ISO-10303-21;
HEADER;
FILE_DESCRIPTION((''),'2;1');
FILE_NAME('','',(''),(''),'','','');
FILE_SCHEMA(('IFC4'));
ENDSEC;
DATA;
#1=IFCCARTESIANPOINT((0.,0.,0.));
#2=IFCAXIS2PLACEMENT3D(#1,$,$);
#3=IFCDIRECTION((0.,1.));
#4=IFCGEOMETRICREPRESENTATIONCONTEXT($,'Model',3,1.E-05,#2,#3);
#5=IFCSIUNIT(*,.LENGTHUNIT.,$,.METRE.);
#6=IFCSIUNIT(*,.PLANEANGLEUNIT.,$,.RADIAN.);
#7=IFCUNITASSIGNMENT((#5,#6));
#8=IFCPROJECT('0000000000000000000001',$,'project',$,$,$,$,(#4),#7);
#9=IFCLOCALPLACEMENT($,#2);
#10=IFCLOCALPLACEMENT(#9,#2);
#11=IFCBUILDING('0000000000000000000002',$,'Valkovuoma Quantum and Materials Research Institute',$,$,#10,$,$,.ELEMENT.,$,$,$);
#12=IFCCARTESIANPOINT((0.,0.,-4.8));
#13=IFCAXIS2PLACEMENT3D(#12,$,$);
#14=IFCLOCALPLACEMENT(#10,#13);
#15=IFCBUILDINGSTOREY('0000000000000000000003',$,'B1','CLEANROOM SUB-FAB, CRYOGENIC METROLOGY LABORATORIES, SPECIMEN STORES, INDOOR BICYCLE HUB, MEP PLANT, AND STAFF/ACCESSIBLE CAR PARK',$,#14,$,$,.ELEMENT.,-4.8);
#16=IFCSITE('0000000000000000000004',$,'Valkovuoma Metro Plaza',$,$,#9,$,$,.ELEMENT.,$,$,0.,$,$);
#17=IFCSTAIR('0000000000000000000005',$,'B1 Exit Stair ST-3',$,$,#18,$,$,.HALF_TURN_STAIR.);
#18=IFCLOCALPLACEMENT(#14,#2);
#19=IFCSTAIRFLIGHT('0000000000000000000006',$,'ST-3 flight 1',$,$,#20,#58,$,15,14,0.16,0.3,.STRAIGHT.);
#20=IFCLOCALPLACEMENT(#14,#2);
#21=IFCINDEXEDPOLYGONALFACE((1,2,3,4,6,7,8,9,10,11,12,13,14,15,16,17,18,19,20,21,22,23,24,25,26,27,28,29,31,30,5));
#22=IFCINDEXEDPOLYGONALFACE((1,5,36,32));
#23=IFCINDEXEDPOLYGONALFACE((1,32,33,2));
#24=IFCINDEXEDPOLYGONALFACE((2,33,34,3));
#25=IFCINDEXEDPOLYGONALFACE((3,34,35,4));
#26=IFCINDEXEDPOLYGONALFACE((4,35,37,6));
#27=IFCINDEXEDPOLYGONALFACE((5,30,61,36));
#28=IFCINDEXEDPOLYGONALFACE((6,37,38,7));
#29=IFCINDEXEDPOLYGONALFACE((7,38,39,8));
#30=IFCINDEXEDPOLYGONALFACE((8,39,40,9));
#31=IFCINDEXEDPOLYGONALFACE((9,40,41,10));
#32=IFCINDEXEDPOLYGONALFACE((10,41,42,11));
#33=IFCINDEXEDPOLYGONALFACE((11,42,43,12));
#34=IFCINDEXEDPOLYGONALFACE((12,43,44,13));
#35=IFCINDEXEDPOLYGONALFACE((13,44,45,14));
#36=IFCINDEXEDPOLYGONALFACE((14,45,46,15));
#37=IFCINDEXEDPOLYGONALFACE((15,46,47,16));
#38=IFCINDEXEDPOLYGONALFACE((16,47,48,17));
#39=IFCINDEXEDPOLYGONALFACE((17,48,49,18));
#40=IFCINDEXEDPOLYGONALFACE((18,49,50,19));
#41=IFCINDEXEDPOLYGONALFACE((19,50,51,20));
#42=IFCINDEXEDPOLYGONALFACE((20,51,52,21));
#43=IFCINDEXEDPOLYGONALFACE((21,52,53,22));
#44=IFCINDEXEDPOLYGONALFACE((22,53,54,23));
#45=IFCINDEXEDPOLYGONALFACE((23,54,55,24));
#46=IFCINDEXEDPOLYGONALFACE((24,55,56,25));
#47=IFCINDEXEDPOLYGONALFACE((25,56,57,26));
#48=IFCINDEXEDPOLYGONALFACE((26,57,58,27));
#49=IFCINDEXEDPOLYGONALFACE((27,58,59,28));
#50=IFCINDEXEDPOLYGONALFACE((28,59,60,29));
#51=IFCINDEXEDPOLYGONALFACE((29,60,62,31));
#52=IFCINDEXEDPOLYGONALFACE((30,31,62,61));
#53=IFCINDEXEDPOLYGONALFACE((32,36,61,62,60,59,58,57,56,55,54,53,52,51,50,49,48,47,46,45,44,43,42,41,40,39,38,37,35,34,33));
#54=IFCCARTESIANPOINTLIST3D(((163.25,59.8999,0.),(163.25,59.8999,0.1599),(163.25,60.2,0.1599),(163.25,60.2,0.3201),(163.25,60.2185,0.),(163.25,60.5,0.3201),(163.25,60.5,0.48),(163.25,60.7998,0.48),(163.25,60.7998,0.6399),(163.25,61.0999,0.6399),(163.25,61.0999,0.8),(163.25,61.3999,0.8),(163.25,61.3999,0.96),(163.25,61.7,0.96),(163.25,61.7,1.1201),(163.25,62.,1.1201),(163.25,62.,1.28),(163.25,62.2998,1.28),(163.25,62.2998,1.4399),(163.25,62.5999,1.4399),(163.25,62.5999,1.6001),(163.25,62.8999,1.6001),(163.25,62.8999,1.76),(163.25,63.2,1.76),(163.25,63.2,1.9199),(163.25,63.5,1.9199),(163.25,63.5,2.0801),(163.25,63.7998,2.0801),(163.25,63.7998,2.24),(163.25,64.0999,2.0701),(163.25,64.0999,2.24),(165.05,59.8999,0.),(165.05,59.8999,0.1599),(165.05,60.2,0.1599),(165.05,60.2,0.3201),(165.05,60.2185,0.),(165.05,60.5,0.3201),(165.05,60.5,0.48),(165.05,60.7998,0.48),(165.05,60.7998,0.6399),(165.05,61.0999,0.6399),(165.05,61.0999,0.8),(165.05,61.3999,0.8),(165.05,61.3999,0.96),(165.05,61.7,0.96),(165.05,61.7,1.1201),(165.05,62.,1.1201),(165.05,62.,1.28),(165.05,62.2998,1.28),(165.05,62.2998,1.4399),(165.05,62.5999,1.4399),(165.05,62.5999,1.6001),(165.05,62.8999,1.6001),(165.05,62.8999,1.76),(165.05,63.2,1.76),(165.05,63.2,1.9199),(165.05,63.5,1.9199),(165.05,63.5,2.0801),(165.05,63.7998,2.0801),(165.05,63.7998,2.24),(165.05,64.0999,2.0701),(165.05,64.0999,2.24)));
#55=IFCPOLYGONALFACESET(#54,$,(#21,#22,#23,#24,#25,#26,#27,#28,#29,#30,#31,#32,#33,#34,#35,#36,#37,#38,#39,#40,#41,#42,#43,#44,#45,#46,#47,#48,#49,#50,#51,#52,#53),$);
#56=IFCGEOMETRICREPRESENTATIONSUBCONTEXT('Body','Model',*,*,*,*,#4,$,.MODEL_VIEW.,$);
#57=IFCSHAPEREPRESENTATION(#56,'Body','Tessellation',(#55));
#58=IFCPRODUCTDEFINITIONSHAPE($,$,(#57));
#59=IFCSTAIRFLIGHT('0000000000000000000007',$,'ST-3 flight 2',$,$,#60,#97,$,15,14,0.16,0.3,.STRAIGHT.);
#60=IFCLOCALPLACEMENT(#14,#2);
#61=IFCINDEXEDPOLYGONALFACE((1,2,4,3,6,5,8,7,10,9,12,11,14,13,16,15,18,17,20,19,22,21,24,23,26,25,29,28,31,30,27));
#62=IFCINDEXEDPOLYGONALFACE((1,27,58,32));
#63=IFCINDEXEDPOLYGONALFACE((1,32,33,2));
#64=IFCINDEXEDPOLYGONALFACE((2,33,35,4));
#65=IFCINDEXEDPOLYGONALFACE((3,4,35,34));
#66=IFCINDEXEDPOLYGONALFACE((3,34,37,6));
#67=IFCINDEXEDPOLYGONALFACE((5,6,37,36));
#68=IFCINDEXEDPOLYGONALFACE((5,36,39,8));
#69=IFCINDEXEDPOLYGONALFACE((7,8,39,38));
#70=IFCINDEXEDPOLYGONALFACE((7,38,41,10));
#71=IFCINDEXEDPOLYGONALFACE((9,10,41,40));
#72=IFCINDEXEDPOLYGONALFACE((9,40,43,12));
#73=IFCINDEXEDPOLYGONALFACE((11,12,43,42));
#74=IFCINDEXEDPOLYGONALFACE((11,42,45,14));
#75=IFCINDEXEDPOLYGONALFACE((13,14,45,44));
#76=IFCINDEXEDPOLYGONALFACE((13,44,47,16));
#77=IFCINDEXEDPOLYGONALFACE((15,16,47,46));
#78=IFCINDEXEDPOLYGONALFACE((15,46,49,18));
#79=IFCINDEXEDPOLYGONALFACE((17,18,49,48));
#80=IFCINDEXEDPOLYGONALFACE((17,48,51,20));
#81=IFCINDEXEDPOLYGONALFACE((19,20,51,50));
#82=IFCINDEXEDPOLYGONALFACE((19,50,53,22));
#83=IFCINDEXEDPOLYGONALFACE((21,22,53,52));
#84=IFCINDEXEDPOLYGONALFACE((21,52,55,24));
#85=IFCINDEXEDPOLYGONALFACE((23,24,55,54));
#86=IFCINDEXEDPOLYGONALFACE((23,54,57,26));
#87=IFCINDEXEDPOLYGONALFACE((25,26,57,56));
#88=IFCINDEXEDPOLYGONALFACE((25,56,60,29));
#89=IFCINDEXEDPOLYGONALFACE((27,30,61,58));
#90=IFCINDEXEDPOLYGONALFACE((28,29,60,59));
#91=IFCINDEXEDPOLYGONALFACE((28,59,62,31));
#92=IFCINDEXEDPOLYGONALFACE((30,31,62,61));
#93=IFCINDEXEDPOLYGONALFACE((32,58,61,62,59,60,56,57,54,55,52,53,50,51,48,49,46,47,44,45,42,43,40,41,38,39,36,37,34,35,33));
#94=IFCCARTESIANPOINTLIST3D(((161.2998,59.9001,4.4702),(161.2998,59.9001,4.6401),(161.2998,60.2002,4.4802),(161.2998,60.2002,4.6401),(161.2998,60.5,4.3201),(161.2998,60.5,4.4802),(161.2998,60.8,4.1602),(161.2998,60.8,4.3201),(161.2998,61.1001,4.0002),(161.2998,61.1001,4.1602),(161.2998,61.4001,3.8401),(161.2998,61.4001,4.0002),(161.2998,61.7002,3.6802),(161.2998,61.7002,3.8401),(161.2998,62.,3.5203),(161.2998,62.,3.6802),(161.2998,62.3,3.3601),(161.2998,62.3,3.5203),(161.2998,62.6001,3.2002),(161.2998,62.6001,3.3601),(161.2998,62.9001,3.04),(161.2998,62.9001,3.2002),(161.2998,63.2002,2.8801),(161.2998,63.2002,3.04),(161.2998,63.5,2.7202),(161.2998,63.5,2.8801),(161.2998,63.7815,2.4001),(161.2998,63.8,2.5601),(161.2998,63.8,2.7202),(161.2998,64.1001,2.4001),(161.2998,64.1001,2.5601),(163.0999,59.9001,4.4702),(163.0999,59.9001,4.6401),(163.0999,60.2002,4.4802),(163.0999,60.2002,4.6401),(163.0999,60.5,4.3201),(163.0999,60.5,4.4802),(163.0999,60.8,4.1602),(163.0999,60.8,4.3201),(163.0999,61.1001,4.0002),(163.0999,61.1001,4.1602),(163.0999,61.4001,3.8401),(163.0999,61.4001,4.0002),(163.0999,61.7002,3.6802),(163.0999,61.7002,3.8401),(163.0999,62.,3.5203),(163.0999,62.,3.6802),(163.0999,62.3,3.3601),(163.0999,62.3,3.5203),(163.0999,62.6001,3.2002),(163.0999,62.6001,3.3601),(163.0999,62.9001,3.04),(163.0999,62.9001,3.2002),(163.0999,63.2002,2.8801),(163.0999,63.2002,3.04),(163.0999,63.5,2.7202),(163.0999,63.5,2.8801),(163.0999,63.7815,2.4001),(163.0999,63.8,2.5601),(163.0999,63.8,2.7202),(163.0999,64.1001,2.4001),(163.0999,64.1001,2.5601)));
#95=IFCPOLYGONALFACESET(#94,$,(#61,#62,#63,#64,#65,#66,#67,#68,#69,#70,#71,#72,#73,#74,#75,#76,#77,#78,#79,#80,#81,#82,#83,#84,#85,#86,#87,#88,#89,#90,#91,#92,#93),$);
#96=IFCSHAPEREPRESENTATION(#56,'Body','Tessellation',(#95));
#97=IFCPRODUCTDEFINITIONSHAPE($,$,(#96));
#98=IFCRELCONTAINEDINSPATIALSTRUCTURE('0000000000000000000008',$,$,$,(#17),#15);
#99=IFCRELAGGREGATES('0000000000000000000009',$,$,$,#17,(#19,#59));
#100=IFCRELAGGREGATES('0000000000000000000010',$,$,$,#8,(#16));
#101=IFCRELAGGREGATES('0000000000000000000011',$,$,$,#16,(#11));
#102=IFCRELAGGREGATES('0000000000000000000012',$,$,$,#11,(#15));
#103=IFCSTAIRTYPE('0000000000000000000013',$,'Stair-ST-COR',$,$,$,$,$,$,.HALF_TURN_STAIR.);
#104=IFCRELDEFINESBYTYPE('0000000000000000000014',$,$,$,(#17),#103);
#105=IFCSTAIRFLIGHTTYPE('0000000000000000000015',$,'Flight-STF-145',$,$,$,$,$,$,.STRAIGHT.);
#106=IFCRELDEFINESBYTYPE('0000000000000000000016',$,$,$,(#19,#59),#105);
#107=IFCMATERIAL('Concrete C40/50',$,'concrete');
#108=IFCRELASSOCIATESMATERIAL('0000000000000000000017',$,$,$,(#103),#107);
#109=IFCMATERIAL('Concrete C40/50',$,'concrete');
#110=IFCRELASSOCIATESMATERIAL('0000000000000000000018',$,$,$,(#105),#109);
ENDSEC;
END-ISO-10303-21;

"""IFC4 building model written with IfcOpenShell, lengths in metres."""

from ifc_helpers import new_model, si_unit, direction, frame, origin, place, context, subcontext, project, spatial, polyline, outline, extrude, material, type_object, element, aggregate, save


model = new_model("IFC4")

# Units and contexts
model_context = context("Model", 3, precision=1e-05, world=origin(), true_north=direction((0.0, 1.0)))
body_context = subcontext(model_context, "Body", "Model", "MODEL_VIEW")
ifc_project = project(units=[si_unit("LENGTHUNIT", "METRE"), si_unit("PLANEANGLEUNIT", "RADIAN")], contexts=[model_context])

# Site, building, storey
site_placement = place(None, origin())
site = spatial("IfcSite", under=ifc_project, at=site_placement, Name="Valkovuoma Metro Plaza", CompositionType="ELEMENT", RefElevation=0.0)
building_placement = place(site_placement, origin())
building = spatial("IfcBuilding", under=site, at=building_placement, Name="Valkovuoma Quantum and Materials Research Institute", CompositionType="ELEMENT")
storey_placement = place(building_placement, frame((0.0, 0.0, -4.8)))
storey = spatial("IfcBuildingStorey", under=building, at=storey_placement, Name="B1", Description="CLEANROOM SUB-FAB, CRYOGENIC METROLOGY LABORATORIES, SPECIMEN STORES, INDOOR BICYCLE HUB, MEP PLANT, AND STAFF/ACCESSIBLE CAR PARK", CompositionType="ELEMENT", Elevation=-4.8)

# Stair, stair flights
ifc_material_1 = material(Name="Concrete C40/50", Category="concrete")
stair_type = type_object("IfcStairType", Name="Stair-ST-COR", PredefinedType="HALF_TURN_STAIR", material=ifc_material_1)
stair_placement = place(storey_placement, origin())
stair = element("IfcStair", 1, at=stair_placement, inside=storey, type_object=stair_type, Name="B1 Exit Stair ST-3", PredefinedType="HALF_TURN_STAIR")
ifc_material_2 = material(Name="Concrete C40/50", Category="concrete")
stair_flight_type = type_object("IfcStairFlightType", Name="Flight-STF-145", PredefinedType="STRAIGHT", material=ifc_material_2)
stair_flight_1_placement = place(storey_placement, frame((164.1499, 59.8999, 0.0), z_axis=(0.0, 0.0, 1.0), x_axis=(0.0, 1.0, 0.0)))
stair_flight_1 = element("IfcStairFlight", 2, at=stair_flight_1_placement, type_object=stair_flight_type, Name="ST-3 flight 1", NumberOfRisers=15, NumberOfTreads=14, PredefinedType="STRAIGHT", RiserHeight=0.16, TreadLength=0.3, context=body_context, shape_type="SweptSolid", body=[
    extrude(outline(polyline([(0.0, 0.0), (0.0, 0.1599), (0.3, 0.1599), (0.3, 0.3201), (0.6001, 0.3201), (0.6001, 0.48), (0.8999, 0.48), (0.8999, 0.6399), (1.2, 0.6399), (1.2, 0.8), (1.5, 0.8), (1.5, 0.96), (1.8, 0.96), (1.8, 1.1201), (2.1001, 1.1201), (2.1001, 1.28), (2.3999, 1.28), (2.3999, 1.4399), (2.7, 1.4399), (2.7, 1.6001), (3.0, 1.6001), (3.0, 1.76), (3.3, 1.76), (3.3, 1.9199), (3.6001, 1.9199), (3.6001, 2.0801), (3.8999, 2.0801), (3.8999, 2.24), (4.2, 2.24), (4.2, 2.3999), (4.2, 2.0701), (0.3186, 0.0), (0.0, 0.0)])), frame((0.0, 0.8999, 0.0), z_axis=(0.0, -1.0, 0.0), x_axis=(1.0, 0.0, 0.0)), (0.0, 0.0, 1.0), 1.8),
])
stair_flight_2_placement = place(storey_placement, frame((162.2, 64.1001, 2.4001), z_axis=(0.0, 0.0, 1.0), x_axis=(0.0, -1.0, 0.0)))
stair_flight_2 = element("IfcStairFlight", 3, at=stair_flight_2_placement, type_object=stair_flight_type, Name="ST-3 flight 2", NumberOfRisers=15, NumberOfTreads=14, PredefinedType="STRAIGHT", RiserHeight=0.16, TreadLength=0.3, context=body_context, shape_type="SweptSolid", body=[
    extrude(outline(polyline([(0.0, 0.0), (0.0, 0.1599), (0.3, 0.1599), (0.3, 0.3201), (0.6001, 0.3201), (0.6001, 0.48), (0.8999, 0.48), (0.8999, 0.6399), (1.2, 0.6399), (1.2, 0.8), (1.5, 0.8), (1.5, 0.96), (1.8, 0.96), (1.8, 1.1201), (2.1001, 1.1201), (2.1001, 1.28), (2.3999, 1.28), (2.3999, 1.4399), (2.7, 1.4399), (2.7, 1.6001), (3.0, 1.6001), (3.0, 1.76), (3.3, 1.76), (3.3, 1.9199), (3.6001, 1.9199), (3.6001, 2.0801), (3.8999, 2.0801), (3.8999, 2.24), (4.2, 2.24), (4.2, 2.3999), (4.2, 2.0701), (0.3186, 0.0), (0.0, 0.0)])), frame((0.0, 0.8999, 0.0), z_axis=(0.0, -1.0, 0.0), x_axis=(1.0, 0.0, 0.0)), (0.0, 0.0, 1.0), 1.8),
])
aggregate(stair, [stair_flight_1, stair_flight_2])

save(model, "model.ifc")
